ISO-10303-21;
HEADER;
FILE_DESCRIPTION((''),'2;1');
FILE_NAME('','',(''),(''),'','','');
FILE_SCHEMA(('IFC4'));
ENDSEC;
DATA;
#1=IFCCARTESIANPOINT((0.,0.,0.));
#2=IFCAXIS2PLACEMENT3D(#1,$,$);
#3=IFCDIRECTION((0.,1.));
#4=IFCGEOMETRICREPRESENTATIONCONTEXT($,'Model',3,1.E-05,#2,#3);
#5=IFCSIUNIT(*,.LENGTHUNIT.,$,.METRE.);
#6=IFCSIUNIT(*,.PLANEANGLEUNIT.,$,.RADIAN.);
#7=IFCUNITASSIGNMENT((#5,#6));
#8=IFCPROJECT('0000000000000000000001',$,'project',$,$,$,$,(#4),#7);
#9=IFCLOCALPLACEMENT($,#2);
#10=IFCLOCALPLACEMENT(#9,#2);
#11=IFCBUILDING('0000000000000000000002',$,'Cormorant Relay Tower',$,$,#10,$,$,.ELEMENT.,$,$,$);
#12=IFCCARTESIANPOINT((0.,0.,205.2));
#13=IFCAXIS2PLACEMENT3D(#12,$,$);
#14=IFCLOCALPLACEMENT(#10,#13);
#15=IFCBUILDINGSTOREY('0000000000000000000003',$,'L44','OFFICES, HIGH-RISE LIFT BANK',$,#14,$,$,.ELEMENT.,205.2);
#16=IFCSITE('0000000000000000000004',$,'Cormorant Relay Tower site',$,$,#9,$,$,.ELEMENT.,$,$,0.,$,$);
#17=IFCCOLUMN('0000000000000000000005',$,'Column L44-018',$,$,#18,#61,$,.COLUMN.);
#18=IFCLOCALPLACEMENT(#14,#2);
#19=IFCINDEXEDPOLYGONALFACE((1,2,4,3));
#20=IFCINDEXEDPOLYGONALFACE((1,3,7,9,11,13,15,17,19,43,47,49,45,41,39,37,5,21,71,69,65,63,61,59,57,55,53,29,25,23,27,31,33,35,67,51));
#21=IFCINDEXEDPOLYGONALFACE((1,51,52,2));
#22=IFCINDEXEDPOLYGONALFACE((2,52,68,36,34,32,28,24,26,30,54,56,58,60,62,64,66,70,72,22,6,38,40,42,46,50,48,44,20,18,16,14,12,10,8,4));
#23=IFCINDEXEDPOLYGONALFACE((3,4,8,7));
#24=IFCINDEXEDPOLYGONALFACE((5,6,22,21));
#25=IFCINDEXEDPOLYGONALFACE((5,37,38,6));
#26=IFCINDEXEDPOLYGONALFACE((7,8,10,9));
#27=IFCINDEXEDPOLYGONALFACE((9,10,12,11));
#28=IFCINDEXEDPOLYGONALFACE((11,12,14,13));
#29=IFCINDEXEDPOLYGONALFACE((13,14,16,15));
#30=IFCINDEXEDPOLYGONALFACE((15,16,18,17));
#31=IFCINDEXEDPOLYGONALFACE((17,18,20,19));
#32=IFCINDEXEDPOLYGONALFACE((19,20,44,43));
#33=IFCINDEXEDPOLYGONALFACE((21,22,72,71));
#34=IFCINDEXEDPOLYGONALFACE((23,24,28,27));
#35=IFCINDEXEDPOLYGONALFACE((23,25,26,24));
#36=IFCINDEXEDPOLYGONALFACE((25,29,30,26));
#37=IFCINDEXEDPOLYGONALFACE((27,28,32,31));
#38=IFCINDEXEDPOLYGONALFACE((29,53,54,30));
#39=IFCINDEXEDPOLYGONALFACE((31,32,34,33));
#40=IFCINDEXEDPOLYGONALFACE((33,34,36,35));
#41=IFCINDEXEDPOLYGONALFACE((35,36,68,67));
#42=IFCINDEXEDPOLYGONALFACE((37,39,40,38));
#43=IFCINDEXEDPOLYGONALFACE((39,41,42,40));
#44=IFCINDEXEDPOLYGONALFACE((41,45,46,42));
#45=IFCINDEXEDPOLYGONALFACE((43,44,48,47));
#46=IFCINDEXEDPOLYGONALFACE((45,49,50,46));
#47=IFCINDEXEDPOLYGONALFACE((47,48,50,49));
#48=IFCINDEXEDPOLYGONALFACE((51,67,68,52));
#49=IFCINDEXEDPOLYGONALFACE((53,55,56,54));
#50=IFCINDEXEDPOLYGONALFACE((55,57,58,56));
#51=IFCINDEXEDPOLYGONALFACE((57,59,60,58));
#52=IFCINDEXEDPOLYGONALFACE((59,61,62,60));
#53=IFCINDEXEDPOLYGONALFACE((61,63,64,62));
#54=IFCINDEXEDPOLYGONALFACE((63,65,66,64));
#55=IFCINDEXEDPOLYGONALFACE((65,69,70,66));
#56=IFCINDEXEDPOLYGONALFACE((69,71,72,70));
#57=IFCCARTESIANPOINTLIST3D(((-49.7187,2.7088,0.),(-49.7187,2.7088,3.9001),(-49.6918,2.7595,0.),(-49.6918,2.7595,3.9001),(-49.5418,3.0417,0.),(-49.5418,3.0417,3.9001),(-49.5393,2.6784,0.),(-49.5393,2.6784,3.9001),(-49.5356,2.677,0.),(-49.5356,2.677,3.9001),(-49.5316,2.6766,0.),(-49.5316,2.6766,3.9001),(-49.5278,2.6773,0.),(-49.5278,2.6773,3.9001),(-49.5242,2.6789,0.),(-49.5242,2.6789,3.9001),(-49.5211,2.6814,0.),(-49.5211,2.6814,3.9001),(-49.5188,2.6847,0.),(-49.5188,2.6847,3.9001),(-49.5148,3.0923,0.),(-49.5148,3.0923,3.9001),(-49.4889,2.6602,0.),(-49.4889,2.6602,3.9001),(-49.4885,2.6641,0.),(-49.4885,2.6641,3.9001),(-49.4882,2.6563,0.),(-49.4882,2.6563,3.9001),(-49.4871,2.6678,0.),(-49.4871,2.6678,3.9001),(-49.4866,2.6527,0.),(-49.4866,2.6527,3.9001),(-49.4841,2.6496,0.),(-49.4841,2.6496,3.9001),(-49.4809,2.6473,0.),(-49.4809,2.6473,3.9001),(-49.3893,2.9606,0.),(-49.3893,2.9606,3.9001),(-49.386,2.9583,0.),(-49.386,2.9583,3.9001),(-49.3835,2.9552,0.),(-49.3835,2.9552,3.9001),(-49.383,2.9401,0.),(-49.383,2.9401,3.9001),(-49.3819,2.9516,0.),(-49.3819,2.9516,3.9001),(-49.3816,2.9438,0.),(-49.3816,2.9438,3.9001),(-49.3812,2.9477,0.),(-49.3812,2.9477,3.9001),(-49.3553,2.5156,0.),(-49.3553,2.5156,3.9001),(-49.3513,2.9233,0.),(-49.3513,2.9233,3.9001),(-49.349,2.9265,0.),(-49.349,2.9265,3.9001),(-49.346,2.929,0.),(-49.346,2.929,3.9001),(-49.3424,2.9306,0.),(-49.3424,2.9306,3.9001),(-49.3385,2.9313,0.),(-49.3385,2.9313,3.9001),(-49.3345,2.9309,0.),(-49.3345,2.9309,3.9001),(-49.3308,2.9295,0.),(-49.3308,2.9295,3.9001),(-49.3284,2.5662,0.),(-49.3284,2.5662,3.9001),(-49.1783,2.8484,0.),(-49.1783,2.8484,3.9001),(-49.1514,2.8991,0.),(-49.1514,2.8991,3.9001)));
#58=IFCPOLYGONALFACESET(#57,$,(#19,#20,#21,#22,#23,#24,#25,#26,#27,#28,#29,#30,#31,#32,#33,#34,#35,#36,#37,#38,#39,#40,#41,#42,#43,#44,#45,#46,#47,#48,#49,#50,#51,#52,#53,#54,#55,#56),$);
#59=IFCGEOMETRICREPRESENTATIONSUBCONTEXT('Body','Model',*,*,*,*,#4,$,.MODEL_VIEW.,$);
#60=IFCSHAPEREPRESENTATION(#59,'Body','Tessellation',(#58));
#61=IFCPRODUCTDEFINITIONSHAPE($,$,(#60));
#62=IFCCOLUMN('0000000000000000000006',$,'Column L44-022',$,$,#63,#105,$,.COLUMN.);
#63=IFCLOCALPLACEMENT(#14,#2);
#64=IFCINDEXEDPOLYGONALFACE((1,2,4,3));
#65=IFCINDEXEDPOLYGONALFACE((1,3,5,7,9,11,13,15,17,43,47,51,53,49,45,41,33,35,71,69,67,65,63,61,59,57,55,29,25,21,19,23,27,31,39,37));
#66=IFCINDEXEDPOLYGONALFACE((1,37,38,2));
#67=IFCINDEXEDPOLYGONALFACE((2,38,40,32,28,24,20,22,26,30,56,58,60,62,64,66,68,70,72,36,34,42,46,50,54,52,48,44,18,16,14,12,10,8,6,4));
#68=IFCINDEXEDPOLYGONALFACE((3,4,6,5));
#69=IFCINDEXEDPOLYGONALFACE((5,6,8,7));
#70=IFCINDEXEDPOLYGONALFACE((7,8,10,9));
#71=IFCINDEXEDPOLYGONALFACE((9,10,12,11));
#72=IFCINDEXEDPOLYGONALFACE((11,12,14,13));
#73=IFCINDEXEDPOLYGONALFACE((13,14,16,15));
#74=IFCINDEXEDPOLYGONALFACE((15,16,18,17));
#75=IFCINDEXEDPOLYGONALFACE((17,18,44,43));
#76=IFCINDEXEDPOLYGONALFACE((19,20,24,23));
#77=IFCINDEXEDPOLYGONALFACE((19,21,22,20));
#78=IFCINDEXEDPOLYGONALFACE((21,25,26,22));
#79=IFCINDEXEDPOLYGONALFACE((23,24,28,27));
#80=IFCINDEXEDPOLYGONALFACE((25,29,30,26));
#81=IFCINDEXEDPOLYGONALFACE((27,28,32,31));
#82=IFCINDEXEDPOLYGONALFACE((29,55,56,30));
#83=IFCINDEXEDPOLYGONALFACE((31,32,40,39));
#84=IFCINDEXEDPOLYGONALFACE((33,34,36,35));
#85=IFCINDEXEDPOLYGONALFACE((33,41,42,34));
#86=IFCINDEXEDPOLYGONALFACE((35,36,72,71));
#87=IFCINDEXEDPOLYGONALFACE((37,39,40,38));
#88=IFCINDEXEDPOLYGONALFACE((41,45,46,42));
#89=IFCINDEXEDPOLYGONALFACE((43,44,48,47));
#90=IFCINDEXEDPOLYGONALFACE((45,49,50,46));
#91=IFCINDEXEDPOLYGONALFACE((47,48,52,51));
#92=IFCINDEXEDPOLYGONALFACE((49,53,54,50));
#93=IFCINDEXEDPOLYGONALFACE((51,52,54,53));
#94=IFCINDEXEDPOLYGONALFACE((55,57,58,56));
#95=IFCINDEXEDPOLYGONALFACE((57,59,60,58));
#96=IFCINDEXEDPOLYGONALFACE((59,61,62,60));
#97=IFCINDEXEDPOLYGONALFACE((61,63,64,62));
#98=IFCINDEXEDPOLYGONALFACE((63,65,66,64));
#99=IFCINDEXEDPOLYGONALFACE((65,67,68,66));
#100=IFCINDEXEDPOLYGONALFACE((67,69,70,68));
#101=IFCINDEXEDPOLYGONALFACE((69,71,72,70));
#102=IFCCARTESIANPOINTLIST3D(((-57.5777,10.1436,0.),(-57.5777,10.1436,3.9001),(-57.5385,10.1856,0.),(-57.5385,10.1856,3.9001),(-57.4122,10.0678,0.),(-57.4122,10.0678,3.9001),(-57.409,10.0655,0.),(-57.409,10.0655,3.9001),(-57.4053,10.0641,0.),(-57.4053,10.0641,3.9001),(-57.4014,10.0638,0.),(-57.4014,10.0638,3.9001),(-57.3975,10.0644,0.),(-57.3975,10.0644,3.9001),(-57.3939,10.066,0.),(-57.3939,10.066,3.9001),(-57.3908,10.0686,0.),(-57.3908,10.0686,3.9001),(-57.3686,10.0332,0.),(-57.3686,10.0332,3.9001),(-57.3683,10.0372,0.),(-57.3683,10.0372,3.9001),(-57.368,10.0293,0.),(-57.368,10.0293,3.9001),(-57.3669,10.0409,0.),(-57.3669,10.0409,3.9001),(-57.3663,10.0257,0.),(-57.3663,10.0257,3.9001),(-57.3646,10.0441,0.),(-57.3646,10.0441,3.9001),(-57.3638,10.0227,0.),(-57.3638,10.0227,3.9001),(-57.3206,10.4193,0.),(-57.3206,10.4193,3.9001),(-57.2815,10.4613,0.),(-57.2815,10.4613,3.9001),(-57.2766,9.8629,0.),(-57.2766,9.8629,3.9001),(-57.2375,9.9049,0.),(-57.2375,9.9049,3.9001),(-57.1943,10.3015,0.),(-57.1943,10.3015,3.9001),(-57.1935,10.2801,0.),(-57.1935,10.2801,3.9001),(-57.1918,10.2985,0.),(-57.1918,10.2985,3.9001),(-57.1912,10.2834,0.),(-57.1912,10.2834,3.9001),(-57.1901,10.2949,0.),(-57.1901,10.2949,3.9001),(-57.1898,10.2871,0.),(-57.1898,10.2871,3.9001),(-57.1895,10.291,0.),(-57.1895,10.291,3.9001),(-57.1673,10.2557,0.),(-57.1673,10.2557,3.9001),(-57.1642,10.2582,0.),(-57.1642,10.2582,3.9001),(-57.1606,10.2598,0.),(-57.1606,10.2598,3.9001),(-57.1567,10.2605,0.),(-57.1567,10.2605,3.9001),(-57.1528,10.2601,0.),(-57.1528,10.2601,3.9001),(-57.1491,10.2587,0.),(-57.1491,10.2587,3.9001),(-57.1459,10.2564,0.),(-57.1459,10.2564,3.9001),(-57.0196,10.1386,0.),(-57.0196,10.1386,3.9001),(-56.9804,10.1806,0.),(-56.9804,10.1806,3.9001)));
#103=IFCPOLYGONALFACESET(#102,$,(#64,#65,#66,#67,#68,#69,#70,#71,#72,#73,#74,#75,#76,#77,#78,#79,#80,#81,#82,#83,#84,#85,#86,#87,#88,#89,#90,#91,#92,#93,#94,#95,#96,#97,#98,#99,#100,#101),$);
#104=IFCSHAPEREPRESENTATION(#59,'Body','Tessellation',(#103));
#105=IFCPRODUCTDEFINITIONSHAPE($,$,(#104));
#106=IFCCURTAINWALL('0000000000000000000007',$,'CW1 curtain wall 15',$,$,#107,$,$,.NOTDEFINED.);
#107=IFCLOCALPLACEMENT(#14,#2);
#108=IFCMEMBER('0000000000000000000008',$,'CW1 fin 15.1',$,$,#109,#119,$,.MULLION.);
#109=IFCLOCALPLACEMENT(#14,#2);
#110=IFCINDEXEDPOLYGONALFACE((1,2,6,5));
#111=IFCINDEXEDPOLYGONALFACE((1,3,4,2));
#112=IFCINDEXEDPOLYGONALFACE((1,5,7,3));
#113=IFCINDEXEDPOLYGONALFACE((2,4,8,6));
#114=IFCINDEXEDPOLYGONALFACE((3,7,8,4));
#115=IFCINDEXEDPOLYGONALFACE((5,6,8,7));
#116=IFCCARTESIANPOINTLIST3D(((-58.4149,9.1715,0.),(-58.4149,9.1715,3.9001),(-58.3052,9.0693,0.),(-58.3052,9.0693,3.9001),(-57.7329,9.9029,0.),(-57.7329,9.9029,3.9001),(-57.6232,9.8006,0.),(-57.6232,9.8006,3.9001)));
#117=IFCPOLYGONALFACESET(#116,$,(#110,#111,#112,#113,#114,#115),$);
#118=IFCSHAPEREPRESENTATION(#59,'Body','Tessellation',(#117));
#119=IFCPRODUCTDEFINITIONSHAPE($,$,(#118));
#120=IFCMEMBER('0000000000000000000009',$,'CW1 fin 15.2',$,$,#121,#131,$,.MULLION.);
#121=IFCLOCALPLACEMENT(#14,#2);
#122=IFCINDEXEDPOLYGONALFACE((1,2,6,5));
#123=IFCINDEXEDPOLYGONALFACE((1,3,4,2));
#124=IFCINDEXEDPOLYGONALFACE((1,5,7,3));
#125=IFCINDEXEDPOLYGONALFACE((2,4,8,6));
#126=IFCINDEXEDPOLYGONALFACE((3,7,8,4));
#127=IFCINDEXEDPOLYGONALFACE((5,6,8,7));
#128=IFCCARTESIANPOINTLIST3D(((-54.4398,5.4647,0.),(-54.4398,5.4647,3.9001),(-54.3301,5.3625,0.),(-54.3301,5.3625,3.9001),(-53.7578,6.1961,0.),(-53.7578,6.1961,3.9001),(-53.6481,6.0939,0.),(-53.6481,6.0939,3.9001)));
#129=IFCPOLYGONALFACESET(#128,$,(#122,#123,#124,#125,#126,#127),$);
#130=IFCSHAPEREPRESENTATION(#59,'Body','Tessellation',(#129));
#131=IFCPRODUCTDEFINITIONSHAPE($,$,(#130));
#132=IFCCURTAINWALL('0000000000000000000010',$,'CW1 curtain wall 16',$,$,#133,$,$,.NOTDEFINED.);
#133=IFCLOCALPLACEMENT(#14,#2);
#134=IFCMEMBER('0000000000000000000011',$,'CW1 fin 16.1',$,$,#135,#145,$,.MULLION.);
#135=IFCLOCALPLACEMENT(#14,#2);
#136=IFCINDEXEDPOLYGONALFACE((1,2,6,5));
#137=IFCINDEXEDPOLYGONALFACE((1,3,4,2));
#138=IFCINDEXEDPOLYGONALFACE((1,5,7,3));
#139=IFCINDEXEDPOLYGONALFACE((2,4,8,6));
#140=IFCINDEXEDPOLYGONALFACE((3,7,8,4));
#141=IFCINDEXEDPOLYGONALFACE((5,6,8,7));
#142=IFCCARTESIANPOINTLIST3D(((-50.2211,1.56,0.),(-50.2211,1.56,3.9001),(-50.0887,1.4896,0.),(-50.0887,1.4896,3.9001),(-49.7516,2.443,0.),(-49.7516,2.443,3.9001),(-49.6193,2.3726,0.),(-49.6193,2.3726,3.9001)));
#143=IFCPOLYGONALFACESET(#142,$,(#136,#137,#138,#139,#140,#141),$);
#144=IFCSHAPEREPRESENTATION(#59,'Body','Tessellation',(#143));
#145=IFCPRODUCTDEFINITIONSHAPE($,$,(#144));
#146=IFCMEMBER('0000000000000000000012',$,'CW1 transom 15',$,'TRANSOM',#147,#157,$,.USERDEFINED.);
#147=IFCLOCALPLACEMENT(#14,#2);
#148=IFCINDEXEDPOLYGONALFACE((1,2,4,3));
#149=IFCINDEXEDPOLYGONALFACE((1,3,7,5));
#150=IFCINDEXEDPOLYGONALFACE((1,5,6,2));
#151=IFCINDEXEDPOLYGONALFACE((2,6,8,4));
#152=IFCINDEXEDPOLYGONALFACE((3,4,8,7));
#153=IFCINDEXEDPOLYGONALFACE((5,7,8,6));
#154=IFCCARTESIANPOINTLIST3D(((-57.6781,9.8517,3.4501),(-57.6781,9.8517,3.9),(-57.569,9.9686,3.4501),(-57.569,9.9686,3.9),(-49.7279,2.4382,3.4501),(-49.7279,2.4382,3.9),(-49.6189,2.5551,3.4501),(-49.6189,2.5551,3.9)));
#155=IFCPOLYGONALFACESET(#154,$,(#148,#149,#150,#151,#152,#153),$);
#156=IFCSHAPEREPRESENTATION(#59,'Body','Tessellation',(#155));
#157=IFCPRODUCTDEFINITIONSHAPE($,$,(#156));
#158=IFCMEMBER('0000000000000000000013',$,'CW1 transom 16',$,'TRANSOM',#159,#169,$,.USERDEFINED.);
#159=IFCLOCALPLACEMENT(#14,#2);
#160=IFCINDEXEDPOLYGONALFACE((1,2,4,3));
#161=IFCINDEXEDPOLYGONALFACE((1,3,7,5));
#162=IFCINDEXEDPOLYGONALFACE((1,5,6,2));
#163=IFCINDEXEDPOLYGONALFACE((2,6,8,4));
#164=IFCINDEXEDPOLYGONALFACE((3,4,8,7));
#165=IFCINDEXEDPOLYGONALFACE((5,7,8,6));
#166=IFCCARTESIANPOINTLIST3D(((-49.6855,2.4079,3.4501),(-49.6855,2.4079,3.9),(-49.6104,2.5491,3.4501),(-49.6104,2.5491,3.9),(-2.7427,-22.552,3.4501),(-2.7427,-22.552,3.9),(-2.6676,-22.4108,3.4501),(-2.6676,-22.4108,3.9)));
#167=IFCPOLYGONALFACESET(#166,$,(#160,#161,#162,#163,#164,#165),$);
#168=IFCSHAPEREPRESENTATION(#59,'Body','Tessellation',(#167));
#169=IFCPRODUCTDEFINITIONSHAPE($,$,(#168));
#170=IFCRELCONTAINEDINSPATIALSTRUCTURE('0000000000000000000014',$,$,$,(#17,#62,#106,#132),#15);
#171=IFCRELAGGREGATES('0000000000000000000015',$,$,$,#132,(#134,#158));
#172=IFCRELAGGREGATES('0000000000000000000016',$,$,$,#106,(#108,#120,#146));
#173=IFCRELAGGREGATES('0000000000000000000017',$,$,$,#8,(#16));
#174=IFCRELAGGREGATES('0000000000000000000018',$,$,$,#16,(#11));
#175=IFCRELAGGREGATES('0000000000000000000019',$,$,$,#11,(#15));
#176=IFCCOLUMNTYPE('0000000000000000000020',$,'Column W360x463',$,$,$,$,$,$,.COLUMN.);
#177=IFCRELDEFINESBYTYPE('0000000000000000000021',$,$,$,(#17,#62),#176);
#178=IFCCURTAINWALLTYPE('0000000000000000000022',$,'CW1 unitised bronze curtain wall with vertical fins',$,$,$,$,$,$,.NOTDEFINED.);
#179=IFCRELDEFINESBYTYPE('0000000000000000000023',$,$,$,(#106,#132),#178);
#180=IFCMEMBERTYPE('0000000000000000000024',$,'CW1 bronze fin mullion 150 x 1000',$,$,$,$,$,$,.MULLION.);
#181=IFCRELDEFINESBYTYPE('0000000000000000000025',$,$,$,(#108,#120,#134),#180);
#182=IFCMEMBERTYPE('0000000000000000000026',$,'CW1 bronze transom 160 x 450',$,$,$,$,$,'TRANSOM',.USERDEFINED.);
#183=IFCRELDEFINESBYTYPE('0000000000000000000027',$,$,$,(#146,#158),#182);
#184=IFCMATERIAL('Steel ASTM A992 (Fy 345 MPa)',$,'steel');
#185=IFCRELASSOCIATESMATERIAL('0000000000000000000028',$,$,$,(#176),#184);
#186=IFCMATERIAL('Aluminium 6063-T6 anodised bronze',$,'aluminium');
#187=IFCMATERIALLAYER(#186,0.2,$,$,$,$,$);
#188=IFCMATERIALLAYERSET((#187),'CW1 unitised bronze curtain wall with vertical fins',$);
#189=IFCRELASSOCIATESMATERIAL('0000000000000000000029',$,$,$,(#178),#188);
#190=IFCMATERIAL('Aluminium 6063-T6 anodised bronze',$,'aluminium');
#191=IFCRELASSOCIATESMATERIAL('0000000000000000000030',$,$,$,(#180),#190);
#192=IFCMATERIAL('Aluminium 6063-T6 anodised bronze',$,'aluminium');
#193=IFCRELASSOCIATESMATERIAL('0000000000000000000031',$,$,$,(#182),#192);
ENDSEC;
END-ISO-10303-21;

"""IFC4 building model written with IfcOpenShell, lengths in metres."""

from ifc_helpers import new_model, si_unit, direction, frame, origin, origin_2d, place, context, subcontext, project, spatial, rectangle, i_section, extrude, material, layer, layer_set, material_profile, profile_set, type_object, element, aggregate, save


model = new_model("IFC4")

# Units and contexts
model_context = context("Model", 3, precision=1e-05, world=origin(), true_north=direction((0.0, 1.0)))
body_context = subcontext(model_context, "Body", "Model", "MODEL_VIEW")
ifc_project = project(units=[si_unit("LENGTHUNIT", "METRE"), si_unit("PLANEANGLEUNIT", "RADIAN")], contexts=[model_context])

# Site, building, storey
site_placement = place(None, origin())
site = spatial("IfcSite", under=ifc_project, at=site_placement, Name="Cormorant Relay Tower site", CompositionType="ELEMENT", RefElevation=0.0)
building_placement = place(site_placement, origin())
building = spatial("IfcBuilding", under=site, at=building_placement, Name="Cormorant Relay Tower", CompositionType="ELEMENT")
storey_placement = place(building_placement, frame((0.0, 0.0, 205.2)))
storey = spatial("IfcBuildingStorey", under=building, at=storey_placement, Name="L44", Description="OFFICES, HIGH-RISE LIFT BANK", CompositionType="ELEMENT", Elevation=205.2)

# Columns
ifc_material_1 = material(Name="Steel ASTM A992 (Fy 345 MPa)", Category="steel")
ifc_material_profile_1 = material_profile(ifc_material_1, i_section(OverallWidth=0.4116, OverallDepth=0.4343, WebThickness=0.0359, FlangeThickness=0.0574, FilletRadius=0.0151, at=origin_2d()), Name="W360x463")
ifc_profile_set_1 = profile_set([ifc_material_profile_1], Name="Steel ASTM A992 (Fy 345 MPa)")
column_type = type_object("IfcColumnType", Name="Column W360x463", PredefinedType="COLUMN", material=ifc_profile_set_1)
for number, where, z_axis, x_axis, name in (
    (1, (-49.4351, 2.804, 0.0), (0.0, 0.0, 1.0), (0.882948, -0.469472, 0.0), "Column L44-018"),
    (2, (-57.2791, 10.1621, 0.0), (0.0, 0.0, 1.0), (0.731354, -0.681998, 0.0), "Column L44-022"),
):
    element("IfcColumn", number, at=place(storey_placement, frame(where, z_axis=z_axis, x_axis=x_axis)), inside=storey, type_object=column_type, Name=name, PredefinedType="COLUMN", context=body_context, shape_type="SweptSolid", body=[
        extrude(i_section(OverallWidth=0.4116, OverallDepth=0.4343, WebThickness=0.0359, FlangeThickness=0.0574, FilletRadius=0.0151, at=origin_2d()), origin(), (0.0, 0.0, 1.0), 3.9001),
    ])

# Curtain wall, members
ifc_material_2 = material(Name="Aluminium 6063-T6 anodised bronze", Category="aluminium")
ifc_layer_1 = layer(ifc_material_2, 0.2)
ifc_layer_set_1 = layer_set([ifc_layer_1], Name="CW1 unitised bronze curtain wall with vertical fins")
curtain_wall_type = type_object("IfcCurtainWallType", Name="CW1 unitised bronze curtain wall with vertical fins", PredefinedType="NOTDEFINED", material=ifc_layer_set_1)
curtain_wall_1_placement = place(storey_placement, origin())
curtain_wall_1 = element("IfcCurtainWall", 3, at=curtain_wall_1_placement, inside=storey, type_object=curtain_wall_type, Name="CW1 curtain wall 15", PredefinedType="NOTDEFINED")
ifc_material_3 = material(Name="Aluminium 6063-T6 anodised bronze", Category="aluminium")
ifc_material_profile_2 = material_profile(ifc_material_3, rectangle(XDim=0.1499, YDim=1.0, at=origin_2d()), Name="AL 150x1000")
ifc_profile_set_2 = profile_set([ifc_material_profile_2], Name="Aluminium 6063-T6 anodised bronze")
member_type_1 = type_object("IfcMemberType", Name="CW1 bronze fin mullion 150 x 1000", PredefinedType="MULLION", material=ifc_profile_set_2)
member_1_placement = place(storey_placement, frame((-58.019, 9.4861, 0.0), z_axis=(0.0, 0.0, 1.0), x_axis=(0.731354, -0.681998, 0.0)))
member_1 = element("IfcMember", 4, at=member_1_placement, type_object=member_type_1, Name="CW1 fin 15.1", PredefinedType="MULLION", context=body_context, shape_type="SweptSolid", body=[
    extrude(rectangle(XDim=0.1499, YDim=1.0, at=origin_2d()), origin(), (0.0, 0.0, 1.0), 3.9001),
])
member_2_placement = place(storey_placement, frame((-54.0439, 5.7793, 0.0), z_axis=(0.0, 0.0, 1.0), x_axis=(0.731354, -0.681998, 0.0)))
member_2 = element("IfcMember", 5, at=member_2_placement, type_object=member_type_1, Name="CW1 fin 15.2", PredefinedType="MULLION", context=body_context, shape_type="SweptSolid", body=[
    extrude(rectangle(XDim=0.1499, YDim=1.0, at=origin_2d()), origin(), (0.0, 0.0, 1.0), 3.9001),
])

# Curtain wall, member
curtain_wall_2_placement = place(storey_placement, origin())
curtain_wall_2 = element("IfcCurtainWall", 6, at=curtain_wall_2_placement, inside=storey, type_object=curtain_wall_type, Name="CW1 curtain wall 16", PredefinedType="NOTDEFINED")
member_3_placement = place(storey_placement, frame((-49.9202, 1.9663, 0.0), z_axis=(0.0, 0.0, 1.0), x_axis=(0.882948, -0.469472, 0.0)))
member_3 = element("IfcMember", 7, at=member_3_placement, type_object=member_type_1, Name="CW1 fin 16.1", PredefinedType="MULLION", context=body_context, shape_type="SweptSolid", body=[
    extrude(rectangle(XDim=0.1499, YDim=1.0, at=origin_2d()), origin(), (0.0, 0.0, 1.0), 3.9001),
])

# Members
ifc_material_4 = material(Name="Aluminium 6063-T6 anodised bronze", Category="aluminium")
ifc_material_profile_3 = material_profile(ifc_material_4, rectangle(XDim=0.1599, YDim=0.45, at=origin_2d()), Name="AL 160x450")
ifc_profile_set_3 = profile_set([ifc_material_profile_3], Name="Aluminium 6063-T6 anodised bronze")
member_type_2 = type_object("IfcMemberType", Name="CW1 bronze transom 160 x 450", ElementType="TRANSOM", PredefinedType="USERDEFINED", material=ifc_profile_set_3)
member_4_placement = place(storey_placement, frame((-57.6235, 9.9102, 3.675), z_axis=(0.731358, -0.681993, 0.0), x_axis=(0.681993, 0.731358, 0.0)))
member_4 = element("IfcMember", 8, at=member_4_placement, type_object=member_type_2, Name="CW1 transom 15", ObjectType="TRANSOM", PredefinedType="USERDEFINED", context=body_context, shape_type="SweptSolid", body=[
    extrude(rectangle(XDim=0.1599, YDim=0.45, at=origin_2d()), origin(), (0.0, 0.0, 1.0), 10.8704),
])
member_5_placement = place(storey_placement, frame((-49.6479, 2.4785, 3.675), z_axis=(0.882948, -0.469471, 0.0), x_axis=(0.469471, 0.882948, 0.0)))
member_5 = element("IfcMember", 9, at=member_5_placement, type_object=member_type_2, Name="CW1 transom 16", ObjectType="TRANSOM", PredefinedType="USERDEFINED", context=body_context, shape_type="SweptSolid", body=[
    extrude(rectangle(XDim=0.1599, YDim=0.45, at=origin_2d()), origin(), (0.0, 0.0, 1.0), 53.166),
])
aggregate(curtain_wall_2, [member_3, member_5])

aggregate(curtain_wall_1, [member_1, member_2, member_4])

save(model, "model.ifc")
